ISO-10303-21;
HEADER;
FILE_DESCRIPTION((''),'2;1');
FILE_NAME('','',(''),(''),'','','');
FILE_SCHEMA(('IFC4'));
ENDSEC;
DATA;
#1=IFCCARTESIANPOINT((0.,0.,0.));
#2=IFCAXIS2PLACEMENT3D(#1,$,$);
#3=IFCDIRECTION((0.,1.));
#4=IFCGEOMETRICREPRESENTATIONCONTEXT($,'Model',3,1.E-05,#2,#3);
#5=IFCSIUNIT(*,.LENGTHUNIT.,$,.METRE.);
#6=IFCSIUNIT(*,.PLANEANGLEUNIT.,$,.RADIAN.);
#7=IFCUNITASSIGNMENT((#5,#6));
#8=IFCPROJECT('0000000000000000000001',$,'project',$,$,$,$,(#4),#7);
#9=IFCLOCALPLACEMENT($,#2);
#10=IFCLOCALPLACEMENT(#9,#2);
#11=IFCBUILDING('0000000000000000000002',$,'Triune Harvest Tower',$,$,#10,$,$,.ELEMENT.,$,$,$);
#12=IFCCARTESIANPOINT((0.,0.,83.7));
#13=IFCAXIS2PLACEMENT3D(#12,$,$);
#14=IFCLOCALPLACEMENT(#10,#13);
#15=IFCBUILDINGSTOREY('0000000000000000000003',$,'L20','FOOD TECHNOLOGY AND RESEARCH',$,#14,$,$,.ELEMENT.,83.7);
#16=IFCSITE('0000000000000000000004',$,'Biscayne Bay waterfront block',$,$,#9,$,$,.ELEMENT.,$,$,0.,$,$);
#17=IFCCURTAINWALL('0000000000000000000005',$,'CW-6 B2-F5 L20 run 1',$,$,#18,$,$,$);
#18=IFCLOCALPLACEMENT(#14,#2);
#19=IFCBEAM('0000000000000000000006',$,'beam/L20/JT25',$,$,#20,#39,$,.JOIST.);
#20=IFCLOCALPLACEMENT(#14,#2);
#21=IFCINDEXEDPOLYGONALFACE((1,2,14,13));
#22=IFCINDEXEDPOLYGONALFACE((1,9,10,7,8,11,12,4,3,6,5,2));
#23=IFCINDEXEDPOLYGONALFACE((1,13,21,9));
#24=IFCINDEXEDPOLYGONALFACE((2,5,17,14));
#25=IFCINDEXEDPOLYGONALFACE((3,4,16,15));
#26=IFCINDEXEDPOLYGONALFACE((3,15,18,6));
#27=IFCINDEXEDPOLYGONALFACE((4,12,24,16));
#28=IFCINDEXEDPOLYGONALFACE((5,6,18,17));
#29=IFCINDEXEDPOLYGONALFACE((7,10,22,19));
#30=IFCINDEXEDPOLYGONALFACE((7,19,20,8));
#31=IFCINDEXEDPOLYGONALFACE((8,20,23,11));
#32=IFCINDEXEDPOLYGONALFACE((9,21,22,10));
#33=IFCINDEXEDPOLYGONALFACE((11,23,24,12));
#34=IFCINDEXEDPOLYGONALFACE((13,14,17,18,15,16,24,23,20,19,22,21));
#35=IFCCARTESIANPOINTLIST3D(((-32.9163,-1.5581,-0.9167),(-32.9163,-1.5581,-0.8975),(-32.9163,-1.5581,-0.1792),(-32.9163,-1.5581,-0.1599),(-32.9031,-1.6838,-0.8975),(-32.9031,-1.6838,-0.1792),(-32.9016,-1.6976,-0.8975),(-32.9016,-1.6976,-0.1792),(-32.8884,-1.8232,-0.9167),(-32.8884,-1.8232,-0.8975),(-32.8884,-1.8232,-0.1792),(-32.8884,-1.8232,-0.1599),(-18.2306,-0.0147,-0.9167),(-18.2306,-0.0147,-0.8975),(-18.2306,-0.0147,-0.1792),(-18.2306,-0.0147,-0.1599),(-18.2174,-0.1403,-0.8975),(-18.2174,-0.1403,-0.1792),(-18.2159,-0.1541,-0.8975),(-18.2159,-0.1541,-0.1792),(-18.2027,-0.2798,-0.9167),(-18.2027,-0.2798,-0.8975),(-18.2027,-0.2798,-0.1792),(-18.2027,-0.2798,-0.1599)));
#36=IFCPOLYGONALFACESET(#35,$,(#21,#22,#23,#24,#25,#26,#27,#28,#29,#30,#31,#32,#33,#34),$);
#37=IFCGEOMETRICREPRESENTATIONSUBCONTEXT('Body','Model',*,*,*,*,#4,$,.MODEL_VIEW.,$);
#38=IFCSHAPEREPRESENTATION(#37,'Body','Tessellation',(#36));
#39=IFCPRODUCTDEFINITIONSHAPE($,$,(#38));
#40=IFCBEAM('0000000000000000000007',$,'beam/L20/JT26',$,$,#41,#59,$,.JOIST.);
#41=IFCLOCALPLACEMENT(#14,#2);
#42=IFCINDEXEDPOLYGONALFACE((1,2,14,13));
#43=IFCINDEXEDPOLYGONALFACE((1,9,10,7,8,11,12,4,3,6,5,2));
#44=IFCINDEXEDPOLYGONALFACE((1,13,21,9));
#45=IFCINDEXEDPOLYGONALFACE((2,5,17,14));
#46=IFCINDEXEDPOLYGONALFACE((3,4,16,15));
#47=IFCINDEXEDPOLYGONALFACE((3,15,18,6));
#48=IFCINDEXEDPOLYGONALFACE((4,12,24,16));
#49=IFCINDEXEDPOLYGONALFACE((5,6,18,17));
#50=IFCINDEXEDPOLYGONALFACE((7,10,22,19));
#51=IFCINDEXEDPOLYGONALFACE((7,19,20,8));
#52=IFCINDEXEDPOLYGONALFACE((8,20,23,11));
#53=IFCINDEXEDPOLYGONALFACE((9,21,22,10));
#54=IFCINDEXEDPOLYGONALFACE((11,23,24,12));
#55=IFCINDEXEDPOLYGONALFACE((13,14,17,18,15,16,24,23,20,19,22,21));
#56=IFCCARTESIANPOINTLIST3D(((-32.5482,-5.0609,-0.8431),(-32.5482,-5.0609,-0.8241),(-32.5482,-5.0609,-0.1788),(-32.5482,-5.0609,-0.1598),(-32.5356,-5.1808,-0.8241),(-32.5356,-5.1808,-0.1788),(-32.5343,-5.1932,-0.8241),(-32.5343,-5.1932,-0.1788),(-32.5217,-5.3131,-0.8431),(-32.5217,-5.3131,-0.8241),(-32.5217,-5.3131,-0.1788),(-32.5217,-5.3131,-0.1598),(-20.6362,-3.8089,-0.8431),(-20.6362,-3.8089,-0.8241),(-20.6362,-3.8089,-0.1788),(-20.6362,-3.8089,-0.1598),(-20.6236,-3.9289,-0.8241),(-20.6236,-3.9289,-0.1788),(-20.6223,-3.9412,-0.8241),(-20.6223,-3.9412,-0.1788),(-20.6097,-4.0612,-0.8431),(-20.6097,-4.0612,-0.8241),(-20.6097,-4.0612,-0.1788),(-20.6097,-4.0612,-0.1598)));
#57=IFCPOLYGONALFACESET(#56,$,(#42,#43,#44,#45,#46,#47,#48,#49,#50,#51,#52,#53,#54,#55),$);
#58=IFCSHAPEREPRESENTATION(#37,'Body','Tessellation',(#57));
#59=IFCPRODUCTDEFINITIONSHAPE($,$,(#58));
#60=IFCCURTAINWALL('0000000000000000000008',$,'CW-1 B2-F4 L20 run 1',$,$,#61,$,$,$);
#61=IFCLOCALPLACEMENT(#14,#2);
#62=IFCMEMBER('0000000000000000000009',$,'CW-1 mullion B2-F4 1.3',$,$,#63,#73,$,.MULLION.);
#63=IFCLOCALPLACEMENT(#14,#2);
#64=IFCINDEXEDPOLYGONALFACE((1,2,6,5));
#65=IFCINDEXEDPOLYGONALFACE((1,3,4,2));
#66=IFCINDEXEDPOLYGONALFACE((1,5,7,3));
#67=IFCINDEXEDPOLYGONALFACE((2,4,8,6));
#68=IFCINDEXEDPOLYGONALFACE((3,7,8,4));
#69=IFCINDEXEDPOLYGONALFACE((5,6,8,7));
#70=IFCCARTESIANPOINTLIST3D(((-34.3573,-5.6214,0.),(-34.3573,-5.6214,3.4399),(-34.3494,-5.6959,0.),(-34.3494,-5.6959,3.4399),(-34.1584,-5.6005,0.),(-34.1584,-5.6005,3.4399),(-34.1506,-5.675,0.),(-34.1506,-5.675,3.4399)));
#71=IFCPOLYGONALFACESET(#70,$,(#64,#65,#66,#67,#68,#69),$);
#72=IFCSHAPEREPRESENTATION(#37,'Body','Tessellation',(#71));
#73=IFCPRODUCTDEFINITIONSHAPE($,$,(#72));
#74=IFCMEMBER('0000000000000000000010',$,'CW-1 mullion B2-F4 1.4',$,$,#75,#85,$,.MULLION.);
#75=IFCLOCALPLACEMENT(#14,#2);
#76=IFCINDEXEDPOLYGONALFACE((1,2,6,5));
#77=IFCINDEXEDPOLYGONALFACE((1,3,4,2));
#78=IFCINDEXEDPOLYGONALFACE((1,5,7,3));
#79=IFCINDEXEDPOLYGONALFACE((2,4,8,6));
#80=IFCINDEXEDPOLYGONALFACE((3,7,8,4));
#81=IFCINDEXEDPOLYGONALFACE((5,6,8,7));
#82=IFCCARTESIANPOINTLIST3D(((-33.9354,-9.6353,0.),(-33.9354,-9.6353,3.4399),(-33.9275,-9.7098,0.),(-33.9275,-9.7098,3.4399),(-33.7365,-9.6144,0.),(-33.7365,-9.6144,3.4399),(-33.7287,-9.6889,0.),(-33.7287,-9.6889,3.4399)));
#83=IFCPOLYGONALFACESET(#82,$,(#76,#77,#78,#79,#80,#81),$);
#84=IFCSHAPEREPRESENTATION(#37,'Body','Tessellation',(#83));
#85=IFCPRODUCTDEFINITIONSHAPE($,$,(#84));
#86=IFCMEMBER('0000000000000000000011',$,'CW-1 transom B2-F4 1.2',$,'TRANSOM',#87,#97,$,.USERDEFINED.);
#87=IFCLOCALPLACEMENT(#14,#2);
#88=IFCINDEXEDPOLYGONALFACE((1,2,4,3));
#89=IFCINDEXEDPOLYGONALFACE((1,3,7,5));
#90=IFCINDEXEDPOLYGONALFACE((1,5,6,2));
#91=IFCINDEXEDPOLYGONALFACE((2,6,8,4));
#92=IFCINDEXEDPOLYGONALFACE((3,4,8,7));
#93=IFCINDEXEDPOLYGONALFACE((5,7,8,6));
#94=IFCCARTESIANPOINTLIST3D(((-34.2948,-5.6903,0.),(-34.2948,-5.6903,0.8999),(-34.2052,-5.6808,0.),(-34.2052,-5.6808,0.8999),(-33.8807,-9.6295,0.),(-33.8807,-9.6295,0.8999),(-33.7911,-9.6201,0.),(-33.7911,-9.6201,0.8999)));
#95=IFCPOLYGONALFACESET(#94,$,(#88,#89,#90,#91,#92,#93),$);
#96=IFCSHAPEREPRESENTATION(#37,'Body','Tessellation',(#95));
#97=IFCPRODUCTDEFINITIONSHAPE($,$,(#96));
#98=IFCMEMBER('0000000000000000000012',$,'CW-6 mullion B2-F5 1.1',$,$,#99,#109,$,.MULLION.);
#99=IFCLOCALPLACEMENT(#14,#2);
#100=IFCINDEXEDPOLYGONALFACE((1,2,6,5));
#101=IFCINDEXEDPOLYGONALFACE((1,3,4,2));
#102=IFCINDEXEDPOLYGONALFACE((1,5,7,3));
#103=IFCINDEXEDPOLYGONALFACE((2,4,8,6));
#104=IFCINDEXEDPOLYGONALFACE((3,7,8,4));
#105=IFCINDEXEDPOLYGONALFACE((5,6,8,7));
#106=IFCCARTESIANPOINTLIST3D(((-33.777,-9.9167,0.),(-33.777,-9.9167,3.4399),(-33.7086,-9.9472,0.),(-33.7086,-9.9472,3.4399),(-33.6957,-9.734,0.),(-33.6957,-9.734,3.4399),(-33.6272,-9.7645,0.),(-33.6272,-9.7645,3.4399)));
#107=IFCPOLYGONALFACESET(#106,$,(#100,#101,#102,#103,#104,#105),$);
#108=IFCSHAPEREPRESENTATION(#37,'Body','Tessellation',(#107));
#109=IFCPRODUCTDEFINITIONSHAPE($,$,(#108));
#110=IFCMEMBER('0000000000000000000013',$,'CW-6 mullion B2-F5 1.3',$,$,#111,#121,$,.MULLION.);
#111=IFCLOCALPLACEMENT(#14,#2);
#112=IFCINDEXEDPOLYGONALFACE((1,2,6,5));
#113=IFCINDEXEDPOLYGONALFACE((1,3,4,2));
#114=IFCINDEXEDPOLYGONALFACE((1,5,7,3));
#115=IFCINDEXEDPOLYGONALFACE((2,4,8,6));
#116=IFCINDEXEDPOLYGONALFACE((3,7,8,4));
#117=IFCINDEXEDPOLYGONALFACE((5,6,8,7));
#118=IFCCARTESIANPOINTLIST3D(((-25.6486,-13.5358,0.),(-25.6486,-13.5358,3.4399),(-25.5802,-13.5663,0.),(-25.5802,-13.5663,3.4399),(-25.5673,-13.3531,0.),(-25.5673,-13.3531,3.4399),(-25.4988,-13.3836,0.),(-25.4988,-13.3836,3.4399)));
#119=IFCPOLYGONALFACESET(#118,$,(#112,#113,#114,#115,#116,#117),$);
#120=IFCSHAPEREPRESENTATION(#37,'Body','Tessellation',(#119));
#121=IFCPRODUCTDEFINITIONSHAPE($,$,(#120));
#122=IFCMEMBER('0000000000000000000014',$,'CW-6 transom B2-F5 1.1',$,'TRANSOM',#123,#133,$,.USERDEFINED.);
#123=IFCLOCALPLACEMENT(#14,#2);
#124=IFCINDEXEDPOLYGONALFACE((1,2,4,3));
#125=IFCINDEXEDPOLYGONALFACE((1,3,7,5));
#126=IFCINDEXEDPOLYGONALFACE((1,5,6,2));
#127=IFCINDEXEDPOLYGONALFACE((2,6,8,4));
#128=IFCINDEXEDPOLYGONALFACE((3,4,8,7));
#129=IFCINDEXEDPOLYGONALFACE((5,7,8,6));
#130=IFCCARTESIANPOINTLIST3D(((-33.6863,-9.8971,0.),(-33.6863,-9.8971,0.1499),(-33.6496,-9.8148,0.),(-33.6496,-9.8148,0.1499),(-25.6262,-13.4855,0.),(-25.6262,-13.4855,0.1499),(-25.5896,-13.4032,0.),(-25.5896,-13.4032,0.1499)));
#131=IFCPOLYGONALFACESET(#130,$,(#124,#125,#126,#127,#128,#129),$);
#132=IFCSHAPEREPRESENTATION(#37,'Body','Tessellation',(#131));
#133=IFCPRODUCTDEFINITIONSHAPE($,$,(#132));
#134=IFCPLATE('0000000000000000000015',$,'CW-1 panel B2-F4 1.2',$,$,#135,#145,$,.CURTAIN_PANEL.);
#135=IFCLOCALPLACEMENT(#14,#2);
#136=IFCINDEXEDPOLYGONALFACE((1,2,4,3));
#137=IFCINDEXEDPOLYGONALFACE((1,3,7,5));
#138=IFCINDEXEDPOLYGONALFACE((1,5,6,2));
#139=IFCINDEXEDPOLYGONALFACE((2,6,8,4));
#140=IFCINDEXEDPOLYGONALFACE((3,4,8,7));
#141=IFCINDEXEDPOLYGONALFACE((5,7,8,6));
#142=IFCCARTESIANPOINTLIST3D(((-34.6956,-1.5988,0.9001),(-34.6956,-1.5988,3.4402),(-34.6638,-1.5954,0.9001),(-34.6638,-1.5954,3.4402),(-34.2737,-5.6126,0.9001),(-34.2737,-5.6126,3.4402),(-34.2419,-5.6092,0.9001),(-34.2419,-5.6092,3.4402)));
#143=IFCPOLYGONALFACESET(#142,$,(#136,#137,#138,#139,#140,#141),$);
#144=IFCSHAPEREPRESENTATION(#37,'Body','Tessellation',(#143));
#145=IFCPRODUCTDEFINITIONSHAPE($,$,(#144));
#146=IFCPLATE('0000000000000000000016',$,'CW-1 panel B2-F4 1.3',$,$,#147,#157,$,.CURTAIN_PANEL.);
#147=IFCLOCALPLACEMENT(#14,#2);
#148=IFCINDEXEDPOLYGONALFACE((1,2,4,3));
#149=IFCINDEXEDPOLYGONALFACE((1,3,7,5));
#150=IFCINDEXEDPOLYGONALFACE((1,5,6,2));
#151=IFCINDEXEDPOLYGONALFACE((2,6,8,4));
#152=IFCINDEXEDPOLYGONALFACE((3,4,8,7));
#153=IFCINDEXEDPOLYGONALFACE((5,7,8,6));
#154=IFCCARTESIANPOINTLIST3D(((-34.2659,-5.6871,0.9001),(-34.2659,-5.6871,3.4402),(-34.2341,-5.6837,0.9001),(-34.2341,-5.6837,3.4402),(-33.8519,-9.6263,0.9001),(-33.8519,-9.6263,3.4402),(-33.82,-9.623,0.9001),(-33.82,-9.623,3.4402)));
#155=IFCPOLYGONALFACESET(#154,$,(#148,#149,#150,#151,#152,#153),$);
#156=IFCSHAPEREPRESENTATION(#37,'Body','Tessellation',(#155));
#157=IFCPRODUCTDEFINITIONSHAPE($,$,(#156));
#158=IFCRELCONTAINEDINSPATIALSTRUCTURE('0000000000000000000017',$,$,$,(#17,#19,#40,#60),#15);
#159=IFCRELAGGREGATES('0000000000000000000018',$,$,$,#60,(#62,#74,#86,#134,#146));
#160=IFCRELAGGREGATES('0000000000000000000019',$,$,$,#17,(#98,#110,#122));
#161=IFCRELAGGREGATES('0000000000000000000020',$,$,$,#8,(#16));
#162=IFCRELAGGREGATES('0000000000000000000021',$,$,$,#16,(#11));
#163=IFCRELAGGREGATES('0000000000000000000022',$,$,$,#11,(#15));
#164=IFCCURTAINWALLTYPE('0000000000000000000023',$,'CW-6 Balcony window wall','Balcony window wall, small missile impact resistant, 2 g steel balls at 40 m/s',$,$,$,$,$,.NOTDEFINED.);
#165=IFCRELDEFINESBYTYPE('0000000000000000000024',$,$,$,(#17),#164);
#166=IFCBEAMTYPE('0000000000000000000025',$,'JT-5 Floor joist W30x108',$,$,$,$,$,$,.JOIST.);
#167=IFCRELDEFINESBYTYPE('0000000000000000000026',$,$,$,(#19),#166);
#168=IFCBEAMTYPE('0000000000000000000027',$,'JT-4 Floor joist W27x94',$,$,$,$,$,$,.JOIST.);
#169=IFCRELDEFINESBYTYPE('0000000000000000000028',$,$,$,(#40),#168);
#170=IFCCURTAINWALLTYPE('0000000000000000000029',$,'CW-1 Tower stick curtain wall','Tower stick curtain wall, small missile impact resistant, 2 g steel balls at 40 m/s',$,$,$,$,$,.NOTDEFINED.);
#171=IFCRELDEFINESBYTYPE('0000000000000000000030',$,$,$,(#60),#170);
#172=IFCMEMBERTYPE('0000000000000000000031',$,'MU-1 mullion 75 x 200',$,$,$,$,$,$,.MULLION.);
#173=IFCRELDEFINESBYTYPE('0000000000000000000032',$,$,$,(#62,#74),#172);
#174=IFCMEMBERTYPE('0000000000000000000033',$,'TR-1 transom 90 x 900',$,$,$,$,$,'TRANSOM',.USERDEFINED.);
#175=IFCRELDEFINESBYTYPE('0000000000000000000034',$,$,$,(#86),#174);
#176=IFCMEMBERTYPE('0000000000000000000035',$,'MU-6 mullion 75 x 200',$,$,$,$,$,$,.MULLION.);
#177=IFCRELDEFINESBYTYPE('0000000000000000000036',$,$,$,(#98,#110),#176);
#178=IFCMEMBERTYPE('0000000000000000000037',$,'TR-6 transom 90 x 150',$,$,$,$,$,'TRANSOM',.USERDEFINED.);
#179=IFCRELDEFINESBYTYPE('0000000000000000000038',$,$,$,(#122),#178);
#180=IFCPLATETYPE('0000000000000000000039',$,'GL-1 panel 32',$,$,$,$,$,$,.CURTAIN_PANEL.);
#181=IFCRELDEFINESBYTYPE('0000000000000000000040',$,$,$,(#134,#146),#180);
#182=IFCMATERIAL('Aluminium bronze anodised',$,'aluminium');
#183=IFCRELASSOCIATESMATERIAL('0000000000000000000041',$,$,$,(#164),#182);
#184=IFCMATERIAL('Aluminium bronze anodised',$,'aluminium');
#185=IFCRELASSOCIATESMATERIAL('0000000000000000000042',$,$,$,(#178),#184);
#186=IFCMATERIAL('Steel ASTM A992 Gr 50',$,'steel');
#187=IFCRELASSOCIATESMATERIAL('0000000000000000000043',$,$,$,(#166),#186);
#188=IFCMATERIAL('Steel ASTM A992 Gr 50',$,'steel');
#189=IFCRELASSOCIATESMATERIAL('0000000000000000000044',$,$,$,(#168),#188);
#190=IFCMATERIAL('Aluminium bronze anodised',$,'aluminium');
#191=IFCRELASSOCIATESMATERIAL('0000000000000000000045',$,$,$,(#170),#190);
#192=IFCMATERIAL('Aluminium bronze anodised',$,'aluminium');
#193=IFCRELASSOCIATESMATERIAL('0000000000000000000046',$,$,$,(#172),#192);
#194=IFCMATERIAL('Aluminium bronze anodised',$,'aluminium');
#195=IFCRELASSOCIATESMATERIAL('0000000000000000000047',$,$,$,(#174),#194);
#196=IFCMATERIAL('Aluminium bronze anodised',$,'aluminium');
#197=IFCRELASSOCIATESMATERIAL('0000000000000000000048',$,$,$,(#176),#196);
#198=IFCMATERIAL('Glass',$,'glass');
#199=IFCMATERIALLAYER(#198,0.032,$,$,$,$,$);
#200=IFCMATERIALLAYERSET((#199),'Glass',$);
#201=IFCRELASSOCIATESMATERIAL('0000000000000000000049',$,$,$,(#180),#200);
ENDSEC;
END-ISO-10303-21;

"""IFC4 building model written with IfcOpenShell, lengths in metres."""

from ifc_helpers import new_model, si_unit, direction, frame, origin, origin_2d, place, context, subcontext, project, spatial, rectangle, i_section, extrude, source, transform, mapped, material, layer, layer_set, material_profile, profile_set, type_object, element, aggregate, save


model = new_model("IFC4")

# Units and contexts
model_context = context("Model", 3, precision=1e-05, world=origin(), true_north=direction((0.0, 1.0)))
body_context = subcontext(model_context, "Body", "Model", "MODEL_VIEW")
ifc_project = project(units=[si_unit("LENGTHUNIT", "METRE"), si_unit("PLANEANGLEUNIT", "RADIAN")], contexts=[model_context])

# Site, building, storey
site_placement = place(None, origin())
site = spatial("IfcSite", under=ifc_project, at=site_placement, Name="Biscayne Bay waterfront block", CompositionType="ELEMENT", RefElevation=0.0)
building_placement = place(site_placement, origin())
building = spatial("IfcBuilding", under=site, at=building_placement, Name="Triune Harvest Tower", CompositionType="ELEMENT")
storey_placement = place(building_placement, frame((0.0, 0.0, 83.7)))
storey = spatial("IfcBuildingStorey", under=building, at=storey_placement, Name="L20", Description="FOOD TECHNOLOGY AND RESEARCH", CompositionType="ELEMENT", Elevation=83.7)

# Curtain wall
ifc_material_1 = material(Name="Aluminium bronze anodised", Category="aluminium")
curtain_wall_type_1 = type_object("IfcCurtainWallType", Name="CW-6 Balcony window wall", Description="Balcony window wall, small missile impact resistant, 2 g steel balls at 40 m/s", PredefinedType="NOTDEFINED", material=ifc_material_1)
curtain_wall_1_placement = place(storey_placement, origin())
curtain_wall_1 = element("IfcCurtainWall", 1, at=curtain_wall_1_placement, inside=storey, type_object=curtain_wall_type_1, Name="CW-6 B2-F5 L20 run 1")
ifc_material_2 = material(Name="Aluminium bronze anodised", Category="aluminium")
ifc_material_profile_1 = material_profile(ifc_material_2, rectangle(XDim=0.0901, YDim=0.1499, at=origin_2d()), Name="TR-6 transom 90 x 150")
ifc_profile_set_1 = profile_set([ifc_material_profile_1], Name="Aluminium bronze anodised")
member_type_1 = type_object("IfcMemberType", Name="TR-6 transom 90 x 150", ElementType="TRANSOM", PredefinedType="USERDEFINED", material=ifc_profile_set_1)

# Beams
ifc_material_3 = material(Name="Steel ASTM A992 Gr 50", Category="steel")
ifc_material_profile_2 = material_profile(ifc_material_3, i_section(OverallWidth=0.2666, OverallDepth=0.7568, WebThickness=0.0139, FlangeThickness=0.0193, at=origin_2d()), Name="W30x108")
ifc_profile_set_2 = profile_set([ifc_material_profile_2], Name="Steel ASTM A992 Gr 50")
beam_type_1 = type_object("IfcBeamType", Name="JT-5 Floor joist W30x108", PredefinedType="JOIST", material=ifc_profile_set_2)
shared_shape_1 = source(origin(), body_context, "Body", "SweptSolid", [
    extrude(i_section(OverallWidth=0.2666, OverallDepth=0.7568, WebThickness=0.0139, FlangeThickness=0.0193, at=origin_2d()), origin(), (0.0, 0.0, 1.0), 14.7666),
])
beam_1_placement = place(storey_placement, frame((-32.9023, -1.6907, -0.5383), z_axis=(0.994522, 0.104523, 0.0), x_axis=(-0.104523, 0.994522, 0.0)))
element("IfcBeam", 2, at=beam_1_placement, inside=storey, type_object=beam_type_1, Name="beam/L20/JT25", PredefinedType="JOIST", context=body_context, shape_type="MappedRepresentation", body=[
    mapped(shared_shape_1, transform((0.0, 0.0, 0.0), scale=1.0)),
])
ifc_material_4 = material(Name="Steel ASTM A992 Gr 50", Category="steel")
ifc_material_profile_3 = material_profile(ifc_material_4, i_section(OverallWidth=0.2537, OverallDepth=0.6833, WebThickness=0.0125, FlangeThickness=0.019, at=origin_2d()), Name="W27x94")
ifc_profile_set_3 = profile_set([ifc_material_profile_3], Name="Steel ASTM A992 Gr 50")
beam_type_2 = type_object("IfcBeamType", Name="JT-4 Floor joist W27x94", PredefinedType="JOIST", material=ifc_profile_set_3)
shared_shape_2 = source(origin(), body_context, "Body", "SweptSolid", [
    extrude(i_section(OverallWidth=0.2537, OverallDepth=0.6833, WebThickness=0.0125, FlangeThickness=0.019, at=origin_2d()), origin(), (0.0, 0.0, 1.0), 11.9775),
])
beam_2_placement = place(storey_placement, frame((-32.5349, -5.187, -0.5015), z_axis=(0.994522, 0.104526, 0.0), x_axis=(-0.104526, 0.994522, 0.0)))
element("IfcBeam", 3, at=beam_2_placement, inside=storey, type_object=beam_type_2, Name="beam/L20/JT26", PredefinedType="JOIST", context=body_context, shape_type="MappedRepresentation", body=[
    mapped(shared_shape_2, transform((0.0, 0.0, 0.0), scale=1.0)),
])

# Curtain wall, members
ifc_material_5 = material(Name="Aluminium bronze anodised", Category="aluminium")
curtain_wall_type_2 = type_object("IfcCurtainWallType", Name="CW-1 Tower stick curtain wall", Description="Tower stick curtain wall, small missile impact resistant, 2 g steel balls at 40 m/s", PredefinedType="NOTDEFINED", material=ifc_material_5)
curtain_wall_2_placement = place(storey_placement, origin())
curtain_wall_2 = element("IfcCurtainWall", 4, at=curtain_wall_2_placement, inside=storey, type_object=curtain_wall_type_2, Name="CW-1 B2-F4 L20 run 1")
ifc_material_6 = material(Name="Aluminium bronze anodised", Category="aluminium")
ifc_material_profile_4 = material_profile(ifc_material_6, rectangle(XDim=0.2, YDim=0.075, at=origin_2d()), Name="MU-1 mullion 75 x 200")
ifc_profile_set_4 = profile_set([ifc_material_profile_4], Name="Aluminium bronze anodised")
member_type_2 = type_object("IfcMemberType", Name="MU-1 mullion 75 x 200", PredefinedType="MULLION", material=ifc_profile_set_4)
shared_shape_3 = source(origin(), body_context, "Body", "SweptSolid", [
    extrude(rectangle(XDim=0.2, YDim=0.075, at=origin_2d()), origin(), (0.0, 0.0, 1.0), 3.4399),
])
member_1_placement = place(storey_placement, frame((-34.2539, -5.6482, 0.0), z_axis=(0.0, 0.0, 1.0), x_axis=(0.994522, 0.104529, 0.0)))
member_1 = element("IfcMember", 5, at=member_1_placement, type_object=member_type_2, Name="CW-1 mullion B2-F4 1.3", PredefinedType="MULLION", context=body_context, shape_type="MappedRepresentation", body=[
    mapped(shared_shape_3, transform((0.0, 0.0, 0.0), scale=1.0)),
])
member_2_placement = place(storey_placement, frame((-33.832, -9.6621, 0.0), z_axis=(0.0, 0.0, 1.0), x_axis=(0.994522, 0.104529, 0.0)))
member_2 = element("IfcMember", 6, at=member_2_placement, type_object=member_type_2, Name="CW-1 mullion B2-F4 1.4", PredefinedType="MULLION", context=body_context, shape_type="MappedRepresentation", body=[
    mapped(shared_shape_3, transform((0.0, 0.0, 0.0), scale=1.0)),
])
ifc_material_7 = material(Name="Aluminium bronze anodised", Category="aluminium")
ifc_material_profile_5 = material_profile(ifc_material_7, rectangle(XDim=0.0901, YDim=0.8999, at=origin_2d()), Name="TR-1 transom 90 x 900")
ifc_profile_set_5 = profile_set([ifc_material_profile_5], Name="Aluminium bronze anodised")
member_type_3 = type_object("IfcMemberType", Name="TR-1 transom 90 x 900", ElementType="TRANSOM", PredefinedType="USERDEFINED", material=ifc_profile_set_5)
shared_shape_4 = source(origin(), body_context, "Body", "SweptSolid", [
    extrude(rectangle(XDim=0.0901, YDim=0.8999, at=origin_2d()), origin(), (0.0, 0.0, 1.0), 3.9609),
])
member_3_placement = place(storey_placement, frame((-34.25, -5.6855, 0.45), z_axis=(0.104537, -0.994521, 0.0), x_axis=(0.994521, 0.104537, 0.0)))
member_3 = element("IfcMember", 7, at=member_3_placement, type_object=member_type_3, Name="CW-1 transom B2-F4 1.2", ObjectType="TRANSOM", PredefinedType="USERDEFINED", context=body_context, shape_type="MappedRepresentation", body=[
    mapped(shared_shape_4, transform((0.0, 0.0, 0.0), scale=1.0)),
])

# Members
ifc_material_8 = material(Name="Aluminium bronze anodised", Category="aluminium")
ifc_material_profile_6 = material_profile(ifc_material_8, rectangle(XDim=0.2, YDim=0.075, at=origin_2d()), Name="MU-6 mullion 75 x 200")
ifc_profile_set_6 = profile_set([ifc_material_profile_6], Name="Aluminium bronze anodised")
member_type_4 = type_object("IfcMemberType", Name="MU-6 mullion 75 x 200", PredefinedType="MULLION", material=ifc_profile_set_6)
shared_shape_5 = source(origin(), body_context, "Body", "SweptSolid", [
    extrude(rectangle(XDim=0.2, YDim=0.075, at=origin_2d()), origin(), (0.0, 0.0, 1.0), 3.4399),
])
member_4_placement = place(storey_placement, frame((-33.7021, -9.8406, 0.0), z_axis=(0.0, 0.0, 1.0), x_axis=(0.406737, 0.913545, 0.0)))
member_4 = element("IfcMember", 8, at=member_4_placement, type_object=member_type_4, Name="CW-6 mullion B2-F5 1.1", PredefinedType="MULLION", context=body_context, shape_type="MappedRepresentation", body=[
    mapped(shared_shape_5, transform((0.0, 0.0, 0.0), scale=1.0)),
])
member_5_placement = place(storey_placement, frame((-25.5737, -13.4597, 0.0), z_axis=(0.0, 0.0, 1.0), x_axis=(0.406737, 0.913545, 0.0)))
member_5 = element("IfcMember", 9, at=member_5_placement, type_object=member_type_4, Name="CW-6 mullion B2-F5 1.3", PredefinedType="MULLION", context=body_context, shape_type="MappedRepresentation", body=[
    mapped(shared_shape_5, transform((0.0, 0.0, 0.0), scale=1.0)),
])
shared_shape_6 = source(origin(), body_context, "Body", "SweptSolid", [
    extrude(rectangle(XDim=0.0901, YDim=0.1499, at=origin_2d()), origin(), (0.0, 0.0, 1.0), 8.8228),
])
member_6_placement = place(storey_placement, frame((-33.668, -9.856, 0.075), z_axis=(0.913553, -0.406719, 0.0), x_axis=(0.406719, 0.913553, 0.0)))
member_6 = element("IfcMember", 10, at=member_6_placement, type_object=member_type_1, Name="CW-6 transom B2-F5 1.1", ObjectType="TRANSOM", PredefinedType="USERDEFINED", context=body_context, shape_type="MappedRepresentation", body=[
    mapped(shared_shape_6, transform((0.0, 0.0, 0.0), scale=1.0)),
])

# Plates
ifc_material_9 = material(Name="Glass", Category="glass")
ifc_layer_1 = layer(ifc_material_9, 0.032)
ifc_layer_set_1 = layer_set([ifc_layer_1], Name="Glass")
plate_type_1 = type_object("IfcPlateType", Name="GL-1 panel 32", PredefinedType="CURTAIN_PANEL", material=ifc_layer_set_1)
shared_shape_7 = source(origin(), body_context, "Body", "SweptSolid", [
    extrude(rectangle(XDim=4.0359, YDim=0.032, at=origin_2d()), origin(), (0.0, 0.0, 1.0), 2.54),
])
plate_1_placement = place(storey_placement, frame((-34.4688, -3.604, 0.9001), z_axis=(0.0, 0.0, 1.0), x_axis=(0.104529, -0.994522, 0.0)))
plate_1 = element("IfcPlate", 11, at=plate_1_placement, type_object=plate_type_1, Name="CW-1 panel B2-F4 1.2", PredefinedType="CURTAIN_PANEL", context=body_context, shape_type="MappedRepresentation", body=[
    mapped(shared_shape_7, transform((0.0, 0.0, 0.0), scale=1.0)),
])
shared_shape_8 = source(origin(), body_context, "Body", "SweptSolid", [
    extrude(rectangle(XDim=3.9609, YDim=0.032, at=origin_2d()), origin(), (0.0, 0.0, 1.0), 2.54),
])
plate_2_placement = place(storey_placement, frame((-34.043, -7.655, 0.9001), z_axis=(0.0, 0.0, 1.0), x_axis=(0.104529, -0.994522, 0.0)))
plate_2 = element("IfcPlate", 12, at=plate_2_placement, type_object=plate_type_1, Name="CW-1 panel B2-F4 1.3", PredefinedType="CURTAIN_PANEL", context=body_context, shape_type="MappedRepresentation", body=[
    mapped(shared_shape_8, transform((0.0, 0.0, 0.0), scale=1.0)),
])
aggregate(curtain_wall_2, [member_1, member_2, member_3, plate_1, plate_2])
aggregate(curtain_wall_1, [member_4, member_5, member_6])

save(model, "model.ifc")
